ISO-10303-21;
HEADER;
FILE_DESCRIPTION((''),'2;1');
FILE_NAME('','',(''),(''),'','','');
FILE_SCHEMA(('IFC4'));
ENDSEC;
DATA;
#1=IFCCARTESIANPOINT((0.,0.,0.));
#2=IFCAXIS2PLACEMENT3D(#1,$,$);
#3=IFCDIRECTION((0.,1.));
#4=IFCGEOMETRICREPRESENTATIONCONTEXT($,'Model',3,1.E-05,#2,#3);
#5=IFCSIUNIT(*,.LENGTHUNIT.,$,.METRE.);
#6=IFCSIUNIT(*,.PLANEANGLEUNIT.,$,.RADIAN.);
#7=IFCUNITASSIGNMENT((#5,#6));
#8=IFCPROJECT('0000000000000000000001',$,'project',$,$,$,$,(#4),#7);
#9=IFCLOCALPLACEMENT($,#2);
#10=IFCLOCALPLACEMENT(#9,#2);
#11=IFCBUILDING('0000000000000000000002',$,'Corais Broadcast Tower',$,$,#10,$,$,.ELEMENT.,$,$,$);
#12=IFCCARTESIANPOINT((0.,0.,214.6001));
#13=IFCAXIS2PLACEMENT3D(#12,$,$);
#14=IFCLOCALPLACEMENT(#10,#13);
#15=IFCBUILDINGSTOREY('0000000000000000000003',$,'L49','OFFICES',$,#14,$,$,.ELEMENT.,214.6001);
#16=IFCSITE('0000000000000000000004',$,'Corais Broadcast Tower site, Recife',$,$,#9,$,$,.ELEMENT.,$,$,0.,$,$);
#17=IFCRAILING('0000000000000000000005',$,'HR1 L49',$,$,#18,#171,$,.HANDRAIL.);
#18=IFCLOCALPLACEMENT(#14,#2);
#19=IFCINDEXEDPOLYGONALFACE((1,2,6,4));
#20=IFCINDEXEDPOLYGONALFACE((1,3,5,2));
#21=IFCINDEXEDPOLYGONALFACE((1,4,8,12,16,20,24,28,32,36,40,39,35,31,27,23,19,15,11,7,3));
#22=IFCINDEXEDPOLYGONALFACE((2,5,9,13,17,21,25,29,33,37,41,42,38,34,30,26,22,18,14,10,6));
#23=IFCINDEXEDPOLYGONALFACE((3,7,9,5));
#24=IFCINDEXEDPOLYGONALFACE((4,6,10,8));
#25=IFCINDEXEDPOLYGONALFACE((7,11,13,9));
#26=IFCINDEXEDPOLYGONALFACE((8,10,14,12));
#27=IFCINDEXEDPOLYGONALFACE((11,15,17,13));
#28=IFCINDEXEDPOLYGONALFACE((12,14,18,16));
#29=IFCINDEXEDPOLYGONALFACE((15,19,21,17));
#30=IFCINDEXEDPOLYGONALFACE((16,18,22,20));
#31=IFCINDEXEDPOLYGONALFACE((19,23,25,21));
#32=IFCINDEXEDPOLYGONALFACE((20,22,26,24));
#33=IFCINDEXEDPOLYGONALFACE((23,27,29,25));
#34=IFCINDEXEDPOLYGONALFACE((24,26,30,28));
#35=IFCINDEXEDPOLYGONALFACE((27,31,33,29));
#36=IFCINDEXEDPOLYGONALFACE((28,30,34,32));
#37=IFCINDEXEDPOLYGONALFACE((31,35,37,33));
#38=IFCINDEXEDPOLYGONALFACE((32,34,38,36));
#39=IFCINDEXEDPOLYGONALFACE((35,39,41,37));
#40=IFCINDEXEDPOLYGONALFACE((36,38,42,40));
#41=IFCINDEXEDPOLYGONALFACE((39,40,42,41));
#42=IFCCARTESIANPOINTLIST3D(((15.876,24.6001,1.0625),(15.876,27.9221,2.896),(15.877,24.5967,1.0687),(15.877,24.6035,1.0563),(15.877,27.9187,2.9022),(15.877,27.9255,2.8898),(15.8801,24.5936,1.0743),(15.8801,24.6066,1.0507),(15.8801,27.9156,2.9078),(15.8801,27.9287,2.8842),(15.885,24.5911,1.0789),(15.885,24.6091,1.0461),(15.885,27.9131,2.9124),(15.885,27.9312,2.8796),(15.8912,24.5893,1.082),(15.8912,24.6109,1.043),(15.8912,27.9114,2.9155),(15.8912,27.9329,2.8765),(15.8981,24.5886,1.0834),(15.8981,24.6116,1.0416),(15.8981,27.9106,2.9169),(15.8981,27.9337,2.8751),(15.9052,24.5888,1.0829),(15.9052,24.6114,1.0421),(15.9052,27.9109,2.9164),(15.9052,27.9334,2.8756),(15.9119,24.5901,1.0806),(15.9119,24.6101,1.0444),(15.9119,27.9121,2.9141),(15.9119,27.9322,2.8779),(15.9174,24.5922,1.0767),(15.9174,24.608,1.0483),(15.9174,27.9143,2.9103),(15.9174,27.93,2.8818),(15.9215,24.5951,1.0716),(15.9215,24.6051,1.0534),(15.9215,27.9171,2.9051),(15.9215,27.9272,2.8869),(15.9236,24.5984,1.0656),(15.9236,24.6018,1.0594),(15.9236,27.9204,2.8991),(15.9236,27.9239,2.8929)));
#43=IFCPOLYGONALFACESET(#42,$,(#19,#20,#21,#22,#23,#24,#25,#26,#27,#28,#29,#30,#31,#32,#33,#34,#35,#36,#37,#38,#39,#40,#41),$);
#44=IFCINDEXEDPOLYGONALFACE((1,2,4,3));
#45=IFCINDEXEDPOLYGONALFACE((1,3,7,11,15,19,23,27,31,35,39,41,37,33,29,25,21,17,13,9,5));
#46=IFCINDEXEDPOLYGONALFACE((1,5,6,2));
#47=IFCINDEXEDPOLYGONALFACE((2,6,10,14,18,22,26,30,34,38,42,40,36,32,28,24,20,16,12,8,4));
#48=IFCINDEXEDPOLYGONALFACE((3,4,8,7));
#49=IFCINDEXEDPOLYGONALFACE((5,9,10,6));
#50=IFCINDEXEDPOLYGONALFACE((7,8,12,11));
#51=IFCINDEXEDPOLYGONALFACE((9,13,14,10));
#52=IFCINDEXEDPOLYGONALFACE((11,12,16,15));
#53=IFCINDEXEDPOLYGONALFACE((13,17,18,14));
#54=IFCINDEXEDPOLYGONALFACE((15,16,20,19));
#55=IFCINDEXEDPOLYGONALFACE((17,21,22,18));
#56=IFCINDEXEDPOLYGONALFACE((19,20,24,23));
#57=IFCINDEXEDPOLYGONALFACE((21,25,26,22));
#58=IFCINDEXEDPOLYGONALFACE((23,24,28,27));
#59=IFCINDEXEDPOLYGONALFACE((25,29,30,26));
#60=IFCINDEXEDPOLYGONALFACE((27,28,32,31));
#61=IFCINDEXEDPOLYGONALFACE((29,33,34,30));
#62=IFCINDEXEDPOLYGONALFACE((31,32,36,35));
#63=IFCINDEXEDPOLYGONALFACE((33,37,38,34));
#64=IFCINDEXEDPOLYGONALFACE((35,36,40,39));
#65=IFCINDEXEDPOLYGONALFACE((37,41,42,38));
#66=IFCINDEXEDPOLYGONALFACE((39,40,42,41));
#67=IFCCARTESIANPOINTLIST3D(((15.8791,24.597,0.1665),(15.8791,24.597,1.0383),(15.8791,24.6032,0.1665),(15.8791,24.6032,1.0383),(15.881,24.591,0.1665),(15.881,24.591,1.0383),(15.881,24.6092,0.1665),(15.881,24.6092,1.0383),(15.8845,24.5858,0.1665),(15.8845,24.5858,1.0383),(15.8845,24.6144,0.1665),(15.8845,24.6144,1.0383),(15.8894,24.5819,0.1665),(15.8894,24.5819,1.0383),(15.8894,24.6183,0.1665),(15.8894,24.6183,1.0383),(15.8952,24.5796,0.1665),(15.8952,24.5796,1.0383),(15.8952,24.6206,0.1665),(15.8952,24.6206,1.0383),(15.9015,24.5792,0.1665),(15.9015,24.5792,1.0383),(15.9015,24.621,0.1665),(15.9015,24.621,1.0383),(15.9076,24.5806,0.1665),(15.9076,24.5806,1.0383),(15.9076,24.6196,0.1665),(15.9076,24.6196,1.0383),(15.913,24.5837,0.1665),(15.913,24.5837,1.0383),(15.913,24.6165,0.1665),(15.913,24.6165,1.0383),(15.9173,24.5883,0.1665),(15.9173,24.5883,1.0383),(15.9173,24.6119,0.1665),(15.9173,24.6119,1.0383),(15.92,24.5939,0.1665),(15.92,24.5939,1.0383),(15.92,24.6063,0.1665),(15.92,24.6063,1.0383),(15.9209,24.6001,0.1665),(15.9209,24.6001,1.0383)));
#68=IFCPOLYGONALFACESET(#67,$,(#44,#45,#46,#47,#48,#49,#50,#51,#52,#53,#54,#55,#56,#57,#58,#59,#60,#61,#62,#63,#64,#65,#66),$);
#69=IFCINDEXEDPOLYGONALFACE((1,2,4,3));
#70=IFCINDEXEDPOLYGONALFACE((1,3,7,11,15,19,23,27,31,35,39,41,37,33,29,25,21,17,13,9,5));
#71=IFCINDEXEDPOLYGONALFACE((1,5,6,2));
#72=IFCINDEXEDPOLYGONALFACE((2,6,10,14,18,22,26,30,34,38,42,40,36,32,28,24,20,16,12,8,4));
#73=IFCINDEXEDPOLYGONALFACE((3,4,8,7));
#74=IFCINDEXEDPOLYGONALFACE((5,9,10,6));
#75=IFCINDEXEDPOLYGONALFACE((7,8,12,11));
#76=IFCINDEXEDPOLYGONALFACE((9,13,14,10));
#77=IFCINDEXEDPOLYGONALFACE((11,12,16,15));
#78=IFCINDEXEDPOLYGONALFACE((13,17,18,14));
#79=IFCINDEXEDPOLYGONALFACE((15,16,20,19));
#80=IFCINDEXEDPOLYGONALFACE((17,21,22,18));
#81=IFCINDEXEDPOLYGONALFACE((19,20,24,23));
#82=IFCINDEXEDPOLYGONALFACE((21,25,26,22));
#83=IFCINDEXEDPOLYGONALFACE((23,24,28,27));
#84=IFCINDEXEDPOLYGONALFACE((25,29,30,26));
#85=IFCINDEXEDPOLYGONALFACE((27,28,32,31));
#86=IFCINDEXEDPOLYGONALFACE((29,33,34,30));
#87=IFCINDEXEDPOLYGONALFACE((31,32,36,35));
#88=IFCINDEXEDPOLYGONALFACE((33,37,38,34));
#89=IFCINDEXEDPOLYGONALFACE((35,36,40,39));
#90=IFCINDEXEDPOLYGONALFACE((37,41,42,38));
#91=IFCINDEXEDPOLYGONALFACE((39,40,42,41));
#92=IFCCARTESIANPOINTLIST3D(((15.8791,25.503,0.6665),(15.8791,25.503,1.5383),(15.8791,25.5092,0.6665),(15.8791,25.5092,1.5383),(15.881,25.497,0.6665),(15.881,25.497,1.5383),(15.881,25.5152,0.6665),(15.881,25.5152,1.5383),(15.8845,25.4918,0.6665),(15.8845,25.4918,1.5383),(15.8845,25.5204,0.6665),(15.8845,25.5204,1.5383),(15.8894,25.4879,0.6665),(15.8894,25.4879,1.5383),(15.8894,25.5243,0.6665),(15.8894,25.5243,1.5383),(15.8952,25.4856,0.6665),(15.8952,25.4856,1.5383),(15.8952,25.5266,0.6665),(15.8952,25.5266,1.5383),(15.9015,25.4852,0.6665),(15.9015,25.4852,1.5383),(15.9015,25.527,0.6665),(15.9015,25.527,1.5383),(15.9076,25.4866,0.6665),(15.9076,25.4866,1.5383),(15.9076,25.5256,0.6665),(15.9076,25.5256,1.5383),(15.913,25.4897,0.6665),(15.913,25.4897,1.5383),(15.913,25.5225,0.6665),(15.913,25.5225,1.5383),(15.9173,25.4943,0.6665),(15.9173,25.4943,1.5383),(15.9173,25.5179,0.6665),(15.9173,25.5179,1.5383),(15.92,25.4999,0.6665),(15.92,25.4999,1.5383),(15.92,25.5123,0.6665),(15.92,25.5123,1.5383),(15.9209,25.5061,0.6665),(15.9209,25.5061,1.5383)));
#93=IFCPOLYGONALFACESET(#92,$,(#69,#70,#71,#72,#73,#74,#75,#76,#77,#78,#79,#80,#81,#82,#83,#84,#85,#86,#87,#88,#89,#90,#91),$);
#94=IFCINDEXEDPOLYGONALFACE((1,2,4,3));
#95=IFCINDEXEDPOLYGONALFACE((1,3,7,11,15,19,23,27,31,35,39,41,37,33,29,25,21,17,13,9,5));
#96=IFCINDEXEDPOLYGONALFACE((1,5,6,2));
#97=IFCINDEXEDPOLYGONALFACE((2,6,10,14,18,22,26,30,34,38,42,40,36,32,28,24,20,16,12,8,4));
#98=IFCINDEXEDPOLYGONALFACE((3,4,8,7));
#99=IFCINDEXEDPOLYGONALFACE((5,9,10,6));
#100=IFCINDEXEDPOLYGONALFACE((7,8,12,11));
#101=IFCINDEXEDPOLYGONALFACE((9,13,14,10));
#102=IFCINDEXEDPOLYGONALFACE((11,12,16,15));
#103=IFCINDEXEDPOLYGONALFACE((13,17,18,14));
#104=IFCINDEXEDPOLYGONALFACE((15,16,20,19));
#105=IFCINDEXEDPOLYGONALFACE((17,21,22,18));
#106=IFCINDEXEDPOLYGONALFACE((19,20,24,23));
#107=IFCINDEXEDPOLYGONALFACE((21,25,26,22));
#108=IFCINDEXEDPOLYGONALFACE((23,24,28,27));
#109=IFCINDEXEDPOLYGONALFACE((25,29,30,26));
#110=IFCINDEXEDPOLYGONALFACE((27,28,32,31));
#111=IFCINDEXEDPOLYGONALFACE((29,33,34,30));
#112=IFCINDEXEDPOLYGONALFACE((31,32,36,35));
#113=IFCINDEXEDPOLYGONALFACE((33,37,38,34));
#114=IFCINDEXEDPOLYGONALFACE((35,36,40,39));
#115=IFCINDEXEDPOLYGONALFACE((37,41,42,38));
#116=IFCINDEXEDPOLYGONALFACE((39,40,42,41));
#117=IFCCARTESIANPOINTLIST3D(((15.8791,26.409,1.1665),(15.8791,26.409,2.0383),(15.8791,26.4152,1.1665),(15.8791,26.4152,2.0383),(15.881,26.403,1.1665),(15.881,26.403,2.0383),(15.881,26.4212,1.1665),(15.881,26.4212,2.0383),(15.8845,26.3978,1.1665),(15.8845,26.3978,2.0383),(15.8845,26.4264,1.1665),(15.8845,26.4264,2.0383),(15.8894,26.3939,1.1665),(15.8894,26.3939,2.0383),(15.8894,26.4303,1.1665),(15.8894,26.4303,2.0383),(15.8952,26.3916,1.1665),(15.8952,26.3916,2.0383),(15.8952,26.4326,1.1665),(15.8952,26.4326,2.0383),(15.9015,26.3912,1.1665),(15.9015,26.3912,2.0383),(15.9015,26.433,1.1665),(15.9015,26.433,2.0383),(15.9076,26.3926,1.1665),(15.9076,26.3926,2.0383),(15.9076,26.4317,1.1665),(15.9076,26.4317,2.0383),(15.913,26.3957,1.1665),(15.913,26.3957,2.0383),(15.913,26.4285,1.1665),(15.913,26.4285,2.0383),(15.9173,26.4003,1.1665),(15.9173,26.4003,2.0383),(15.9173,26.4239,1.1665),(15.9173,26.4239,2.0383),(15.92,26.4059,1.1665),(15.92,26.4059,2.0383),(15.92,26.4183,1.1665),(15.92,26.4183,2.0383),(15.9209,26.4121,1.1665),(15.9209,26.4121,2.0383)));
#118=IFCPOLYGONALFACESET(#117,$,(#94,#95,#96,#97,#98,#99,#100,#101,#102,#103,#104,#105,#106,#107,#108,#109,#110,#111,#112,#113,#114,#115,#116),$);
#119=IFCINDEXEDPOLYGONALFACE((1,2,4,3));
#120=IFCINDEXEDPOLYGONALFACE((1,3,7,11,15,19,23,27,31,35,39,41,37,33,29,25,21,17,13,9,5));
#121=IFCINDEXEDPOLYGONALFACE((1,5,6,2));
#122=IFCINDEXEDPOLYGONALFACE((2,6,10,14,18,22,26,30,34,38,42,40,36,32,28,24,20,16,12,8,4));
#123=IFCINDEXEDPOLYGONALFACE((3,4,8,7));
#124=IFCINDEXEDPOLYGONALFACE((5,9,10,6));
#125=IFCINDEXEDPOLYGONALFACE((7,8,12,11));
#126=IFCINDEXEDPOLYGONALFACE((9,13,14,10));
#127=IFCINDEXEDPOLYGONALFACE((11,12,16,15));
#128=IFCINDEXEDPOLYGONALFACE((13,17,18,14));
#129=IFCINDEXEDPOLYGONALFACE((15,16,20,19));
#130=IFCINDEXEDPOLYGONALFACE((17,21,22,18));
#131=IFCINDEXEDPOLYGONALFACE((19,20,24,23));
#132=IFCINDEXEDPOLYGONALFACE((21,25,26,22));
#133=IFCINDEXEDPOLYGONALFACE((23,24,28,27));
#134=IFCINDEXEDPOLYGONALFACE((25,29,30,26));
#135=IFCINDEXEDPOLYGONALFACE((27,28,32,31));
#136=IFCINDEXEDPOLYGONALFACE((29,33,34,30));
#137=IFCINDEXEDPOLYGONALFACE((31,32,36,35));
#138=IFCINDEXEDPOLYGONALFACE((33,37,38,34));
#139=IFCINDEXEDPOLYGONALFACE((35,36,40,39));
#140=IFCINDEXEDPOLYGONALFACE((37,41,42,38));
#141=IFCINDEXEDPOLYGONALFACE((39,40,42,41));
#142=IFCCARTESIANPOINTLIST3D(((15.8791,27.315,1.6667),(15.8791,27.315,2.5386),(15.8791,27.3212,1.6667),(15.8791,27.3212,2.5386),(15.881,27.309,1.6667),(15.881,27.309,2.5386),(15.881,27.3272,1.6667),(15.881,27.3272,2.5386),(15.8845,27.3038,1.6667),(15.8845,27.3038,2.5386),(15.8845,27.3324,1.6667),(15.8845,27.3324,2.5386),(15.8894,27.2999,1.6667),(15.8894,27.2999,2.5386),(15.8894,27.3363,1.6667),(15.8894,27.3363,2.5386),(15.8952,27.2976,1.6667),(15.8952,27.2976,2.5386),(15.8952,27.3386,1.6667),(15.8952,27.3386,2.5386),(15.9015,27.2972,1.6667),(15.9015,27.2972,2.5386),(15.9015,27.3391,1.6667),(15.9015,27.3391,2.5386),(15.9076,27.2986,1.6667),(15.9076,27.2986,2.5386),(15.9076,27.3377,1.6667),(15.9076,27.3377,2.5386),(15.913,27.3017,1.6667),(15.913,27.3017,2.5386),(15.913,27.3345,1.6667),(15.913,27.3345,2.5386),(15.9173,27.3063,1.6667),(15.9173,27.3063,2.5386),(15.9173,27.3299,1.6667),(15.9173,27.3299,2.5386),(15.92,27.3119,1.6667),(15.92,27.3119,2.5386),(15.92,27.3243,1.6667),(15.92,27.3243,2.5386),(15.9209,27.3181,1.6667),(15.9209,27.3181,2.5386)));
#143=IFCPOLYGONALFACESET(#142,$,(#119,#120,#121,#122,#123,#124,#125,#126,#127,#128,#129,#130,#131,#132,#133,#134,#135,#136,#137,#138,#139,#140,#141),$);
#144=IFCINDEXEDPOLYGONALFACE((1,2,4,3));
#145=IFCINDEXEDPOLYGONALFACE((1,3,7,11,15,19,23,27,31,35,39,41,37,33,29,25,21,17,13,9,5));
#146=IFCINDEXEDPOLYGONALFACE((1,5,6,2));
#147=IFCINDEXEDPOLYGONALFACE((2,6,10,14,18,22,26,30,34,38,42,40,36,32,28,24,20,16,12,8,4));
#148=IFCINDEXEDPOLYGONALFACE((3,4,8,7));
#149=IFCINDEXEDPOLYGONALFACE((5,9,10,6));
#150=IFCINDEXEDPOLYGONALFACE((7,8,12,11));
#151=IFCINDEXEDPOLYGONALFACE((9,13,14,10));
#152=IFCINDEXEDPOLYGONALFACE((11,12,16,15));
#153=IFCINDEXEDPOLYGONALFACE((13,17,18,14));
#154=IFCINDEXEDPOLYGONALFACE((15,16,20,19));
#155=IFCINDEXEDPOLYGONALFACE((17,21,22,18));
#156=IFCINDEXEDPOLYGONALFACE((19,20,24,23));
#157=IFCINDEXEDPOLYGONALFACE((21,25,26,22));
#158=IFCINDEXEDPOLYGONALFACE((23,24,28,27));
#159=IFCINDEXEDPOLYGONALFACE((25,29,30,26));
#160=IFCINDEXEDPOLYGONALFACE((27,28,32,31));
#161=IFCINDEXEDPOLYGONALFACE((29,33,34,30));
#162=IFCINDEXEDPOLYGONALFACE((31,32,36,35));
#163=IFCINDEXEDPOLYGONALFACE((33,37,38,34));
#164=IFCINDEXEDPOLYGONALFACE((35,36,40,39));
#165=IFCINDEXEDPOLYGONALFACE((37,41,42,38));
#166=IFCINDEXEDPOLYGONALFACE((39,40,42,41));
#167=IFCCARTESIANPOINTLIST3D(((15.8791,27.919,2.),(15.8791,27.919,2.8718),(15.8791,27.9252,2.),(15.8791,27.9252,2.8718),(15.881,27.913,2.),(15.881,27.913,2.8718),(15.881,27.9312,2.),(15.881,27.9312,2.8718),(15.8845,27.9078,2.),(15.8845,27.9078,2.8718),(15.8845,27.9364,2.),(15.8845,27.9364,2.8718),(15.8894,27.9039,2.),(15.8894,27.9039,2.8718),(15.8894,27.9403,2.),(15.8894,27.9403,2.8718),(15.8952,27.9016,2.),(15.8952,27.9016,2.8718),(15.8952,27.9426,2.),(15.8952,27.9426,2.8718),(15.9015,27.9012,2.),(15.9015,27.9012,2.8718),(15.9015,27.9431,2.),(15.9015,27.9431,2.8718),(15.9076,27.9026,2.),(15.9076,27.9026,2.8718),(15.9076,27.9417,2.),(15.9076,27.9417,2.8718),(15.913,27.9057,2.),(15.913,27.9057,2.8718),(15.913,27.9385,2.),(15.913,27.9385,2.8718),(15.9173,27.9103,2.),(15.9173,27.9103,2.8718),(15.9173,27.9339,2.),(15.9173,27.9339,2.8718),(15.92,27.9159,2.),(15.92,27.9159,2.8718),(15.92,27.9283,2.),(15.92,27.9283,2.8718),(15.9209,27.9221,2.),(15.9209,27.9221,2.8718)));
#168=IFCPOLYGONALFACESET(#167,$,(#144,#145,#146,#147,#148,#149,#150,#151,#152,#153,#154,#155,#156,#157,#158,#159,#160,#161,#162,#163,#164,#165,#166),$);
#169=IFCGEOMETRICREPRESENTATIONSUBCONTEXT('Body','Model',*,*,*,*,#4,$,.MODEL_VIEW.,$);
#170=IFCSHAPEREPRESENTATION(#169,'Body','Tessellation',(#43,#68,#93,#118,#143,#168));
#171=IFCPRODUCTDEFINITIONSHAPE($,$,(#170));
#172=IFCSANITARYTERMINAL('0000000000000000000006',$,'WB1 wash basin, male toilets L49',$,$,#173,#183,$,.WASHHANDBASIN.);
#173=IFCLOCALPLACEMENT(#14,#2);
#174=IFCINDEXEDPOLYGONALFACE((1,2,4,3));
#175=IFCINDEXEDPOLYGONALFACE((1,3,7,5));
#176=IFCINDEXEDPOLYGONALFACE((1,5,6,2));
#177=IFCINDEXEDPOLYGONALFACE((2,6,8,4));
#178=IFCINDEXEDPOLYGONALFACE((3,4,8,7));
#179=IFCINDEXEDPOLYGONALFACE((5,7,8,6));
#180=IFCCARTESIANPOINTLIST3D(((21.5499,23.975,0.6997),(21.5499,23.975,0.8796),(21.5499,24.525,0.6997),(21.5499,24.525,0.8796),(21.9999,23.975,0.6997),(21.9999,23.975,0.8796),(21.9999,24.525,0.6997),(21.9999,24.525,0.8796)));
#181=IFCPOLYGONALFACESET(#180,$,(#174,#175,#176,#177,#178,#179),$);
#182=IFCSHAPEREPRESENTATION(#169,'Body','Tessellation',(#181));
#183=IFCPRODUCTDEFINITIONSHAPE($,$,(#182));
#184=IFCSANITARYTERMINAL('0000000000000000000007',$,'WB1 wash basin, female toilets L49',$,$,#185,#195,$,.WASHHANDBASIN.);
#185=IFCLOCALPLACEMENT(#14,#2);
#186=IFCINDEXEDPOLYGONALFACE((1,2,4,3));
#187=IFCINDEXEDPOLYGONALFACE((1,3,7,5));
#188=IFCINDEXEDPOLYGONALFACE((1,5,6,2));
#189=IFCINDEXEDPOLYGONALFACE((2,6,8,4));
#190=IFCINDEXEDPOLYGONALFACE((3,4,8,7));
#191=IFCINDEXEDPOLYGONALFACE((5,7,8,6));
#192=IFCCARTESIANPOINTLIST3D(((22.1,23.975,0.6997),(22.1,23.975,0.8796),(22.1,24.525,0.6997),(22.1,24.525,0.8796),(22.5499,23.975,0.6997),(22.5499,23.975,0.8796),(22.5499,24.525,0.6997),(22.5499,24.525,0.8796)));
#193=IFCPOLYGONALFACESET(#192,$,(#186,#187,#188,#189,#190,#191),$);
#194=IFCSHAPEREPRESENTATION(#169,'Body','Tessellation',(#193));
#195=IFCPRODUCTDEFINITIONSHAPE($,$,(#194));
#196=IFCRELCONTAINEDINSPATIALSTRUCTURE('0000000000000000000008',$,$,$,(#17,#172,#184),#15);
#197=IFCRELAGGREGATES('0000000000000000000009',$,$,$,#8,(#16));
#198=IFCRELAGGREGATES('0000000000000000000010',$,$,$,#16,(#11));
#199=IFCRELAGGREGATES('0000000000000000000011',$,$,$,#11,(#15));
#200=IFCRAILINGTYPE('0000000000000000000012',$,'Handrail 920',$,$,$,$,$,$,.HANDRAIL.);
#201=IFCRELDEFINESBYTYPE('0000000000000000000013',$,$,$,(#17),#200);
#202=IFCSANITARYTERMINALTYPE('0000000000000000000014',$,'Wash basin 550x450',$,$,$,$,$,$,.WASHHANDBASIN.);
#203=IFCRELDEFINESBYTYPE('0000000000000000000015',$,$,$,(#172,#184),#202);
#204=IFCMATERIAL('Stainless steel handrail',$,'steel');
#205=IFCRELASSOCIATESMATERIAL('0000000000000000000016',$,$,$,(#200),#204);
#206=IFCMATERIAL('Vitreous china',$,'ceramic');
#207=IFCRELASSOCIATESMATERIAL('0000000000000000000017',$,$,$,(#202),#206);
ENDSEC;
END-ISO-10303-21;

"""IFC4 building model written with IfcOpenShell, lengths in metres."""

from ifc_helpers import new_model, si_unit, direction, frame, origin, origin_2d, place, context, subcontext, project, spatial, rectangle, circle, extrude, material, type_object, element, save


model = new_model("IFC4")

# Units and contexts
model_context = context("Model", 3, precision=1e-05, world=origin(), true_north=direction((0.0, 1.0)))
body_context = subcontext(model_context, "Body", "Model", "MODEL_VIEW")
ifc_project = project(units=[si_unit("LENGTHUNIT", "METRE"), si_unit("PLANEANGLEUNIT", "RADIAN")], contexts=[model_context])

# Site, building, storey
site_placement = place(None, origin())
site = spatial("IfcSite", under=ifc_project, at=site_placement, Name="Corais Broadcast Tower site, Recife", CompositionType="ELEMENT", RefElevation=0.0)
building_placement = place(site_placement, origin())
building = spatial("IfcBuilding", under=site, at=building_placement, Name="Corais Broadcast Tower", CompositionType="ELEMENT")
storey_placement = place(building_placement, frame((0.0, 0.0, 214.6001)))
storey = spatial("IfcBuildingStorey", under=building, at=storey_placement, Name="L49", Description="OFFICES", CompositionType="ELEMENT", Elevation=214.6001)

# Railing
ifc_material_1 = material(Name="Stainless steel handrail", Category="steel")
railing_type = type_object("IfcRailingType", Name="Handrail 920", PredefinedType="HANDRAIL", material=ifc_material_1)
for number, where, name in (
    (1, (15.8999, 24.6001, 0.1665), "HR1 L49"),
):
    element("IfcRailing", number, at=place(storey_placement, frame(where)), inside=storey, type_object=railing_type, Name=name, PredefinedType="HANDRAIL", context=body_context, shape_type="SweptSolid", body=[
        extrude(circle(Radius=0.0239, at=origin_2d()), frame((0.0, 0.0, 0.896), z_axis=(0.0, 0.875504, 0.48321), x_axis=(-1.0, 0.0, 0.0)), (0.0, 0.0, 1.0), 3.7944),
        extrude(circle(Radius=0.021, at=origin_2d()), origin(), (0.0, 0.0, 1.0), 0.8718),
        extrude(circle(Radius=0.021, at=origin_2d()), frame((0.0, 0.906, 0.5)), (0.0, 0.0, 1.0), 0.8718),
        extrude(circle(Radius=0.021, at=origin_2d()), frame((0.0, 1.812, 1.0)), (0.0, 0.0, 1.0), 0.8718),
        extrude(circle(Radius=0.021, at=origin_2d()), frame((0.0, 2.718, 1.5002)), (0.0, 0.0, 1.0), 0.8718),
        extrude(circle(Radius=0.021, at=origin_2d()), frame((0.0, 3.322, 1.8335)), (0.0, 0.0, 1.0), 0.8718),
    ])

# Sanitary terminals
ifc_material_2 = material(Name="Vitreous china", Category="ceramic")
sanitary_terminal_type = type_object("IfcSanitaryTerminalType", Name="Wash basin 550x450", PredefinedType="WASHHANDBASIN", material=ifc_material_2)
for number, where, z_axis, x_axis, name in (
    (2, (21.7749, 24.25, 0.6997), (0.0, 0.0, 1.0), (1.0, 0.0, 0.0), "WB1 wash basin, male toilets L49"),
    (3, (22.325, 24.25, 0.6997), (0.0, 0.0, 1.0), (1.0, 0.0, 0.0), "WB1 wash basin, female toilets L49"),
):
    element("IfcSanitaryTerminal", number, at=place(storey_placement, frame(where, z_axis=z_axis, x_axis=x_axis)), inside=storey, type_object=sanitary_terminal_type, Name=name, PredefinedType="WASHHANDBASIN", context=body_context, shape_type="SweptSolid", body=[
        extrude(rectangle(XDim=0.45, YDim=0.55, at=origin_2d()), origin(), (0.0, 0.0, 1.0), 0.1799),
    ])

save(model, "model.ifc")
